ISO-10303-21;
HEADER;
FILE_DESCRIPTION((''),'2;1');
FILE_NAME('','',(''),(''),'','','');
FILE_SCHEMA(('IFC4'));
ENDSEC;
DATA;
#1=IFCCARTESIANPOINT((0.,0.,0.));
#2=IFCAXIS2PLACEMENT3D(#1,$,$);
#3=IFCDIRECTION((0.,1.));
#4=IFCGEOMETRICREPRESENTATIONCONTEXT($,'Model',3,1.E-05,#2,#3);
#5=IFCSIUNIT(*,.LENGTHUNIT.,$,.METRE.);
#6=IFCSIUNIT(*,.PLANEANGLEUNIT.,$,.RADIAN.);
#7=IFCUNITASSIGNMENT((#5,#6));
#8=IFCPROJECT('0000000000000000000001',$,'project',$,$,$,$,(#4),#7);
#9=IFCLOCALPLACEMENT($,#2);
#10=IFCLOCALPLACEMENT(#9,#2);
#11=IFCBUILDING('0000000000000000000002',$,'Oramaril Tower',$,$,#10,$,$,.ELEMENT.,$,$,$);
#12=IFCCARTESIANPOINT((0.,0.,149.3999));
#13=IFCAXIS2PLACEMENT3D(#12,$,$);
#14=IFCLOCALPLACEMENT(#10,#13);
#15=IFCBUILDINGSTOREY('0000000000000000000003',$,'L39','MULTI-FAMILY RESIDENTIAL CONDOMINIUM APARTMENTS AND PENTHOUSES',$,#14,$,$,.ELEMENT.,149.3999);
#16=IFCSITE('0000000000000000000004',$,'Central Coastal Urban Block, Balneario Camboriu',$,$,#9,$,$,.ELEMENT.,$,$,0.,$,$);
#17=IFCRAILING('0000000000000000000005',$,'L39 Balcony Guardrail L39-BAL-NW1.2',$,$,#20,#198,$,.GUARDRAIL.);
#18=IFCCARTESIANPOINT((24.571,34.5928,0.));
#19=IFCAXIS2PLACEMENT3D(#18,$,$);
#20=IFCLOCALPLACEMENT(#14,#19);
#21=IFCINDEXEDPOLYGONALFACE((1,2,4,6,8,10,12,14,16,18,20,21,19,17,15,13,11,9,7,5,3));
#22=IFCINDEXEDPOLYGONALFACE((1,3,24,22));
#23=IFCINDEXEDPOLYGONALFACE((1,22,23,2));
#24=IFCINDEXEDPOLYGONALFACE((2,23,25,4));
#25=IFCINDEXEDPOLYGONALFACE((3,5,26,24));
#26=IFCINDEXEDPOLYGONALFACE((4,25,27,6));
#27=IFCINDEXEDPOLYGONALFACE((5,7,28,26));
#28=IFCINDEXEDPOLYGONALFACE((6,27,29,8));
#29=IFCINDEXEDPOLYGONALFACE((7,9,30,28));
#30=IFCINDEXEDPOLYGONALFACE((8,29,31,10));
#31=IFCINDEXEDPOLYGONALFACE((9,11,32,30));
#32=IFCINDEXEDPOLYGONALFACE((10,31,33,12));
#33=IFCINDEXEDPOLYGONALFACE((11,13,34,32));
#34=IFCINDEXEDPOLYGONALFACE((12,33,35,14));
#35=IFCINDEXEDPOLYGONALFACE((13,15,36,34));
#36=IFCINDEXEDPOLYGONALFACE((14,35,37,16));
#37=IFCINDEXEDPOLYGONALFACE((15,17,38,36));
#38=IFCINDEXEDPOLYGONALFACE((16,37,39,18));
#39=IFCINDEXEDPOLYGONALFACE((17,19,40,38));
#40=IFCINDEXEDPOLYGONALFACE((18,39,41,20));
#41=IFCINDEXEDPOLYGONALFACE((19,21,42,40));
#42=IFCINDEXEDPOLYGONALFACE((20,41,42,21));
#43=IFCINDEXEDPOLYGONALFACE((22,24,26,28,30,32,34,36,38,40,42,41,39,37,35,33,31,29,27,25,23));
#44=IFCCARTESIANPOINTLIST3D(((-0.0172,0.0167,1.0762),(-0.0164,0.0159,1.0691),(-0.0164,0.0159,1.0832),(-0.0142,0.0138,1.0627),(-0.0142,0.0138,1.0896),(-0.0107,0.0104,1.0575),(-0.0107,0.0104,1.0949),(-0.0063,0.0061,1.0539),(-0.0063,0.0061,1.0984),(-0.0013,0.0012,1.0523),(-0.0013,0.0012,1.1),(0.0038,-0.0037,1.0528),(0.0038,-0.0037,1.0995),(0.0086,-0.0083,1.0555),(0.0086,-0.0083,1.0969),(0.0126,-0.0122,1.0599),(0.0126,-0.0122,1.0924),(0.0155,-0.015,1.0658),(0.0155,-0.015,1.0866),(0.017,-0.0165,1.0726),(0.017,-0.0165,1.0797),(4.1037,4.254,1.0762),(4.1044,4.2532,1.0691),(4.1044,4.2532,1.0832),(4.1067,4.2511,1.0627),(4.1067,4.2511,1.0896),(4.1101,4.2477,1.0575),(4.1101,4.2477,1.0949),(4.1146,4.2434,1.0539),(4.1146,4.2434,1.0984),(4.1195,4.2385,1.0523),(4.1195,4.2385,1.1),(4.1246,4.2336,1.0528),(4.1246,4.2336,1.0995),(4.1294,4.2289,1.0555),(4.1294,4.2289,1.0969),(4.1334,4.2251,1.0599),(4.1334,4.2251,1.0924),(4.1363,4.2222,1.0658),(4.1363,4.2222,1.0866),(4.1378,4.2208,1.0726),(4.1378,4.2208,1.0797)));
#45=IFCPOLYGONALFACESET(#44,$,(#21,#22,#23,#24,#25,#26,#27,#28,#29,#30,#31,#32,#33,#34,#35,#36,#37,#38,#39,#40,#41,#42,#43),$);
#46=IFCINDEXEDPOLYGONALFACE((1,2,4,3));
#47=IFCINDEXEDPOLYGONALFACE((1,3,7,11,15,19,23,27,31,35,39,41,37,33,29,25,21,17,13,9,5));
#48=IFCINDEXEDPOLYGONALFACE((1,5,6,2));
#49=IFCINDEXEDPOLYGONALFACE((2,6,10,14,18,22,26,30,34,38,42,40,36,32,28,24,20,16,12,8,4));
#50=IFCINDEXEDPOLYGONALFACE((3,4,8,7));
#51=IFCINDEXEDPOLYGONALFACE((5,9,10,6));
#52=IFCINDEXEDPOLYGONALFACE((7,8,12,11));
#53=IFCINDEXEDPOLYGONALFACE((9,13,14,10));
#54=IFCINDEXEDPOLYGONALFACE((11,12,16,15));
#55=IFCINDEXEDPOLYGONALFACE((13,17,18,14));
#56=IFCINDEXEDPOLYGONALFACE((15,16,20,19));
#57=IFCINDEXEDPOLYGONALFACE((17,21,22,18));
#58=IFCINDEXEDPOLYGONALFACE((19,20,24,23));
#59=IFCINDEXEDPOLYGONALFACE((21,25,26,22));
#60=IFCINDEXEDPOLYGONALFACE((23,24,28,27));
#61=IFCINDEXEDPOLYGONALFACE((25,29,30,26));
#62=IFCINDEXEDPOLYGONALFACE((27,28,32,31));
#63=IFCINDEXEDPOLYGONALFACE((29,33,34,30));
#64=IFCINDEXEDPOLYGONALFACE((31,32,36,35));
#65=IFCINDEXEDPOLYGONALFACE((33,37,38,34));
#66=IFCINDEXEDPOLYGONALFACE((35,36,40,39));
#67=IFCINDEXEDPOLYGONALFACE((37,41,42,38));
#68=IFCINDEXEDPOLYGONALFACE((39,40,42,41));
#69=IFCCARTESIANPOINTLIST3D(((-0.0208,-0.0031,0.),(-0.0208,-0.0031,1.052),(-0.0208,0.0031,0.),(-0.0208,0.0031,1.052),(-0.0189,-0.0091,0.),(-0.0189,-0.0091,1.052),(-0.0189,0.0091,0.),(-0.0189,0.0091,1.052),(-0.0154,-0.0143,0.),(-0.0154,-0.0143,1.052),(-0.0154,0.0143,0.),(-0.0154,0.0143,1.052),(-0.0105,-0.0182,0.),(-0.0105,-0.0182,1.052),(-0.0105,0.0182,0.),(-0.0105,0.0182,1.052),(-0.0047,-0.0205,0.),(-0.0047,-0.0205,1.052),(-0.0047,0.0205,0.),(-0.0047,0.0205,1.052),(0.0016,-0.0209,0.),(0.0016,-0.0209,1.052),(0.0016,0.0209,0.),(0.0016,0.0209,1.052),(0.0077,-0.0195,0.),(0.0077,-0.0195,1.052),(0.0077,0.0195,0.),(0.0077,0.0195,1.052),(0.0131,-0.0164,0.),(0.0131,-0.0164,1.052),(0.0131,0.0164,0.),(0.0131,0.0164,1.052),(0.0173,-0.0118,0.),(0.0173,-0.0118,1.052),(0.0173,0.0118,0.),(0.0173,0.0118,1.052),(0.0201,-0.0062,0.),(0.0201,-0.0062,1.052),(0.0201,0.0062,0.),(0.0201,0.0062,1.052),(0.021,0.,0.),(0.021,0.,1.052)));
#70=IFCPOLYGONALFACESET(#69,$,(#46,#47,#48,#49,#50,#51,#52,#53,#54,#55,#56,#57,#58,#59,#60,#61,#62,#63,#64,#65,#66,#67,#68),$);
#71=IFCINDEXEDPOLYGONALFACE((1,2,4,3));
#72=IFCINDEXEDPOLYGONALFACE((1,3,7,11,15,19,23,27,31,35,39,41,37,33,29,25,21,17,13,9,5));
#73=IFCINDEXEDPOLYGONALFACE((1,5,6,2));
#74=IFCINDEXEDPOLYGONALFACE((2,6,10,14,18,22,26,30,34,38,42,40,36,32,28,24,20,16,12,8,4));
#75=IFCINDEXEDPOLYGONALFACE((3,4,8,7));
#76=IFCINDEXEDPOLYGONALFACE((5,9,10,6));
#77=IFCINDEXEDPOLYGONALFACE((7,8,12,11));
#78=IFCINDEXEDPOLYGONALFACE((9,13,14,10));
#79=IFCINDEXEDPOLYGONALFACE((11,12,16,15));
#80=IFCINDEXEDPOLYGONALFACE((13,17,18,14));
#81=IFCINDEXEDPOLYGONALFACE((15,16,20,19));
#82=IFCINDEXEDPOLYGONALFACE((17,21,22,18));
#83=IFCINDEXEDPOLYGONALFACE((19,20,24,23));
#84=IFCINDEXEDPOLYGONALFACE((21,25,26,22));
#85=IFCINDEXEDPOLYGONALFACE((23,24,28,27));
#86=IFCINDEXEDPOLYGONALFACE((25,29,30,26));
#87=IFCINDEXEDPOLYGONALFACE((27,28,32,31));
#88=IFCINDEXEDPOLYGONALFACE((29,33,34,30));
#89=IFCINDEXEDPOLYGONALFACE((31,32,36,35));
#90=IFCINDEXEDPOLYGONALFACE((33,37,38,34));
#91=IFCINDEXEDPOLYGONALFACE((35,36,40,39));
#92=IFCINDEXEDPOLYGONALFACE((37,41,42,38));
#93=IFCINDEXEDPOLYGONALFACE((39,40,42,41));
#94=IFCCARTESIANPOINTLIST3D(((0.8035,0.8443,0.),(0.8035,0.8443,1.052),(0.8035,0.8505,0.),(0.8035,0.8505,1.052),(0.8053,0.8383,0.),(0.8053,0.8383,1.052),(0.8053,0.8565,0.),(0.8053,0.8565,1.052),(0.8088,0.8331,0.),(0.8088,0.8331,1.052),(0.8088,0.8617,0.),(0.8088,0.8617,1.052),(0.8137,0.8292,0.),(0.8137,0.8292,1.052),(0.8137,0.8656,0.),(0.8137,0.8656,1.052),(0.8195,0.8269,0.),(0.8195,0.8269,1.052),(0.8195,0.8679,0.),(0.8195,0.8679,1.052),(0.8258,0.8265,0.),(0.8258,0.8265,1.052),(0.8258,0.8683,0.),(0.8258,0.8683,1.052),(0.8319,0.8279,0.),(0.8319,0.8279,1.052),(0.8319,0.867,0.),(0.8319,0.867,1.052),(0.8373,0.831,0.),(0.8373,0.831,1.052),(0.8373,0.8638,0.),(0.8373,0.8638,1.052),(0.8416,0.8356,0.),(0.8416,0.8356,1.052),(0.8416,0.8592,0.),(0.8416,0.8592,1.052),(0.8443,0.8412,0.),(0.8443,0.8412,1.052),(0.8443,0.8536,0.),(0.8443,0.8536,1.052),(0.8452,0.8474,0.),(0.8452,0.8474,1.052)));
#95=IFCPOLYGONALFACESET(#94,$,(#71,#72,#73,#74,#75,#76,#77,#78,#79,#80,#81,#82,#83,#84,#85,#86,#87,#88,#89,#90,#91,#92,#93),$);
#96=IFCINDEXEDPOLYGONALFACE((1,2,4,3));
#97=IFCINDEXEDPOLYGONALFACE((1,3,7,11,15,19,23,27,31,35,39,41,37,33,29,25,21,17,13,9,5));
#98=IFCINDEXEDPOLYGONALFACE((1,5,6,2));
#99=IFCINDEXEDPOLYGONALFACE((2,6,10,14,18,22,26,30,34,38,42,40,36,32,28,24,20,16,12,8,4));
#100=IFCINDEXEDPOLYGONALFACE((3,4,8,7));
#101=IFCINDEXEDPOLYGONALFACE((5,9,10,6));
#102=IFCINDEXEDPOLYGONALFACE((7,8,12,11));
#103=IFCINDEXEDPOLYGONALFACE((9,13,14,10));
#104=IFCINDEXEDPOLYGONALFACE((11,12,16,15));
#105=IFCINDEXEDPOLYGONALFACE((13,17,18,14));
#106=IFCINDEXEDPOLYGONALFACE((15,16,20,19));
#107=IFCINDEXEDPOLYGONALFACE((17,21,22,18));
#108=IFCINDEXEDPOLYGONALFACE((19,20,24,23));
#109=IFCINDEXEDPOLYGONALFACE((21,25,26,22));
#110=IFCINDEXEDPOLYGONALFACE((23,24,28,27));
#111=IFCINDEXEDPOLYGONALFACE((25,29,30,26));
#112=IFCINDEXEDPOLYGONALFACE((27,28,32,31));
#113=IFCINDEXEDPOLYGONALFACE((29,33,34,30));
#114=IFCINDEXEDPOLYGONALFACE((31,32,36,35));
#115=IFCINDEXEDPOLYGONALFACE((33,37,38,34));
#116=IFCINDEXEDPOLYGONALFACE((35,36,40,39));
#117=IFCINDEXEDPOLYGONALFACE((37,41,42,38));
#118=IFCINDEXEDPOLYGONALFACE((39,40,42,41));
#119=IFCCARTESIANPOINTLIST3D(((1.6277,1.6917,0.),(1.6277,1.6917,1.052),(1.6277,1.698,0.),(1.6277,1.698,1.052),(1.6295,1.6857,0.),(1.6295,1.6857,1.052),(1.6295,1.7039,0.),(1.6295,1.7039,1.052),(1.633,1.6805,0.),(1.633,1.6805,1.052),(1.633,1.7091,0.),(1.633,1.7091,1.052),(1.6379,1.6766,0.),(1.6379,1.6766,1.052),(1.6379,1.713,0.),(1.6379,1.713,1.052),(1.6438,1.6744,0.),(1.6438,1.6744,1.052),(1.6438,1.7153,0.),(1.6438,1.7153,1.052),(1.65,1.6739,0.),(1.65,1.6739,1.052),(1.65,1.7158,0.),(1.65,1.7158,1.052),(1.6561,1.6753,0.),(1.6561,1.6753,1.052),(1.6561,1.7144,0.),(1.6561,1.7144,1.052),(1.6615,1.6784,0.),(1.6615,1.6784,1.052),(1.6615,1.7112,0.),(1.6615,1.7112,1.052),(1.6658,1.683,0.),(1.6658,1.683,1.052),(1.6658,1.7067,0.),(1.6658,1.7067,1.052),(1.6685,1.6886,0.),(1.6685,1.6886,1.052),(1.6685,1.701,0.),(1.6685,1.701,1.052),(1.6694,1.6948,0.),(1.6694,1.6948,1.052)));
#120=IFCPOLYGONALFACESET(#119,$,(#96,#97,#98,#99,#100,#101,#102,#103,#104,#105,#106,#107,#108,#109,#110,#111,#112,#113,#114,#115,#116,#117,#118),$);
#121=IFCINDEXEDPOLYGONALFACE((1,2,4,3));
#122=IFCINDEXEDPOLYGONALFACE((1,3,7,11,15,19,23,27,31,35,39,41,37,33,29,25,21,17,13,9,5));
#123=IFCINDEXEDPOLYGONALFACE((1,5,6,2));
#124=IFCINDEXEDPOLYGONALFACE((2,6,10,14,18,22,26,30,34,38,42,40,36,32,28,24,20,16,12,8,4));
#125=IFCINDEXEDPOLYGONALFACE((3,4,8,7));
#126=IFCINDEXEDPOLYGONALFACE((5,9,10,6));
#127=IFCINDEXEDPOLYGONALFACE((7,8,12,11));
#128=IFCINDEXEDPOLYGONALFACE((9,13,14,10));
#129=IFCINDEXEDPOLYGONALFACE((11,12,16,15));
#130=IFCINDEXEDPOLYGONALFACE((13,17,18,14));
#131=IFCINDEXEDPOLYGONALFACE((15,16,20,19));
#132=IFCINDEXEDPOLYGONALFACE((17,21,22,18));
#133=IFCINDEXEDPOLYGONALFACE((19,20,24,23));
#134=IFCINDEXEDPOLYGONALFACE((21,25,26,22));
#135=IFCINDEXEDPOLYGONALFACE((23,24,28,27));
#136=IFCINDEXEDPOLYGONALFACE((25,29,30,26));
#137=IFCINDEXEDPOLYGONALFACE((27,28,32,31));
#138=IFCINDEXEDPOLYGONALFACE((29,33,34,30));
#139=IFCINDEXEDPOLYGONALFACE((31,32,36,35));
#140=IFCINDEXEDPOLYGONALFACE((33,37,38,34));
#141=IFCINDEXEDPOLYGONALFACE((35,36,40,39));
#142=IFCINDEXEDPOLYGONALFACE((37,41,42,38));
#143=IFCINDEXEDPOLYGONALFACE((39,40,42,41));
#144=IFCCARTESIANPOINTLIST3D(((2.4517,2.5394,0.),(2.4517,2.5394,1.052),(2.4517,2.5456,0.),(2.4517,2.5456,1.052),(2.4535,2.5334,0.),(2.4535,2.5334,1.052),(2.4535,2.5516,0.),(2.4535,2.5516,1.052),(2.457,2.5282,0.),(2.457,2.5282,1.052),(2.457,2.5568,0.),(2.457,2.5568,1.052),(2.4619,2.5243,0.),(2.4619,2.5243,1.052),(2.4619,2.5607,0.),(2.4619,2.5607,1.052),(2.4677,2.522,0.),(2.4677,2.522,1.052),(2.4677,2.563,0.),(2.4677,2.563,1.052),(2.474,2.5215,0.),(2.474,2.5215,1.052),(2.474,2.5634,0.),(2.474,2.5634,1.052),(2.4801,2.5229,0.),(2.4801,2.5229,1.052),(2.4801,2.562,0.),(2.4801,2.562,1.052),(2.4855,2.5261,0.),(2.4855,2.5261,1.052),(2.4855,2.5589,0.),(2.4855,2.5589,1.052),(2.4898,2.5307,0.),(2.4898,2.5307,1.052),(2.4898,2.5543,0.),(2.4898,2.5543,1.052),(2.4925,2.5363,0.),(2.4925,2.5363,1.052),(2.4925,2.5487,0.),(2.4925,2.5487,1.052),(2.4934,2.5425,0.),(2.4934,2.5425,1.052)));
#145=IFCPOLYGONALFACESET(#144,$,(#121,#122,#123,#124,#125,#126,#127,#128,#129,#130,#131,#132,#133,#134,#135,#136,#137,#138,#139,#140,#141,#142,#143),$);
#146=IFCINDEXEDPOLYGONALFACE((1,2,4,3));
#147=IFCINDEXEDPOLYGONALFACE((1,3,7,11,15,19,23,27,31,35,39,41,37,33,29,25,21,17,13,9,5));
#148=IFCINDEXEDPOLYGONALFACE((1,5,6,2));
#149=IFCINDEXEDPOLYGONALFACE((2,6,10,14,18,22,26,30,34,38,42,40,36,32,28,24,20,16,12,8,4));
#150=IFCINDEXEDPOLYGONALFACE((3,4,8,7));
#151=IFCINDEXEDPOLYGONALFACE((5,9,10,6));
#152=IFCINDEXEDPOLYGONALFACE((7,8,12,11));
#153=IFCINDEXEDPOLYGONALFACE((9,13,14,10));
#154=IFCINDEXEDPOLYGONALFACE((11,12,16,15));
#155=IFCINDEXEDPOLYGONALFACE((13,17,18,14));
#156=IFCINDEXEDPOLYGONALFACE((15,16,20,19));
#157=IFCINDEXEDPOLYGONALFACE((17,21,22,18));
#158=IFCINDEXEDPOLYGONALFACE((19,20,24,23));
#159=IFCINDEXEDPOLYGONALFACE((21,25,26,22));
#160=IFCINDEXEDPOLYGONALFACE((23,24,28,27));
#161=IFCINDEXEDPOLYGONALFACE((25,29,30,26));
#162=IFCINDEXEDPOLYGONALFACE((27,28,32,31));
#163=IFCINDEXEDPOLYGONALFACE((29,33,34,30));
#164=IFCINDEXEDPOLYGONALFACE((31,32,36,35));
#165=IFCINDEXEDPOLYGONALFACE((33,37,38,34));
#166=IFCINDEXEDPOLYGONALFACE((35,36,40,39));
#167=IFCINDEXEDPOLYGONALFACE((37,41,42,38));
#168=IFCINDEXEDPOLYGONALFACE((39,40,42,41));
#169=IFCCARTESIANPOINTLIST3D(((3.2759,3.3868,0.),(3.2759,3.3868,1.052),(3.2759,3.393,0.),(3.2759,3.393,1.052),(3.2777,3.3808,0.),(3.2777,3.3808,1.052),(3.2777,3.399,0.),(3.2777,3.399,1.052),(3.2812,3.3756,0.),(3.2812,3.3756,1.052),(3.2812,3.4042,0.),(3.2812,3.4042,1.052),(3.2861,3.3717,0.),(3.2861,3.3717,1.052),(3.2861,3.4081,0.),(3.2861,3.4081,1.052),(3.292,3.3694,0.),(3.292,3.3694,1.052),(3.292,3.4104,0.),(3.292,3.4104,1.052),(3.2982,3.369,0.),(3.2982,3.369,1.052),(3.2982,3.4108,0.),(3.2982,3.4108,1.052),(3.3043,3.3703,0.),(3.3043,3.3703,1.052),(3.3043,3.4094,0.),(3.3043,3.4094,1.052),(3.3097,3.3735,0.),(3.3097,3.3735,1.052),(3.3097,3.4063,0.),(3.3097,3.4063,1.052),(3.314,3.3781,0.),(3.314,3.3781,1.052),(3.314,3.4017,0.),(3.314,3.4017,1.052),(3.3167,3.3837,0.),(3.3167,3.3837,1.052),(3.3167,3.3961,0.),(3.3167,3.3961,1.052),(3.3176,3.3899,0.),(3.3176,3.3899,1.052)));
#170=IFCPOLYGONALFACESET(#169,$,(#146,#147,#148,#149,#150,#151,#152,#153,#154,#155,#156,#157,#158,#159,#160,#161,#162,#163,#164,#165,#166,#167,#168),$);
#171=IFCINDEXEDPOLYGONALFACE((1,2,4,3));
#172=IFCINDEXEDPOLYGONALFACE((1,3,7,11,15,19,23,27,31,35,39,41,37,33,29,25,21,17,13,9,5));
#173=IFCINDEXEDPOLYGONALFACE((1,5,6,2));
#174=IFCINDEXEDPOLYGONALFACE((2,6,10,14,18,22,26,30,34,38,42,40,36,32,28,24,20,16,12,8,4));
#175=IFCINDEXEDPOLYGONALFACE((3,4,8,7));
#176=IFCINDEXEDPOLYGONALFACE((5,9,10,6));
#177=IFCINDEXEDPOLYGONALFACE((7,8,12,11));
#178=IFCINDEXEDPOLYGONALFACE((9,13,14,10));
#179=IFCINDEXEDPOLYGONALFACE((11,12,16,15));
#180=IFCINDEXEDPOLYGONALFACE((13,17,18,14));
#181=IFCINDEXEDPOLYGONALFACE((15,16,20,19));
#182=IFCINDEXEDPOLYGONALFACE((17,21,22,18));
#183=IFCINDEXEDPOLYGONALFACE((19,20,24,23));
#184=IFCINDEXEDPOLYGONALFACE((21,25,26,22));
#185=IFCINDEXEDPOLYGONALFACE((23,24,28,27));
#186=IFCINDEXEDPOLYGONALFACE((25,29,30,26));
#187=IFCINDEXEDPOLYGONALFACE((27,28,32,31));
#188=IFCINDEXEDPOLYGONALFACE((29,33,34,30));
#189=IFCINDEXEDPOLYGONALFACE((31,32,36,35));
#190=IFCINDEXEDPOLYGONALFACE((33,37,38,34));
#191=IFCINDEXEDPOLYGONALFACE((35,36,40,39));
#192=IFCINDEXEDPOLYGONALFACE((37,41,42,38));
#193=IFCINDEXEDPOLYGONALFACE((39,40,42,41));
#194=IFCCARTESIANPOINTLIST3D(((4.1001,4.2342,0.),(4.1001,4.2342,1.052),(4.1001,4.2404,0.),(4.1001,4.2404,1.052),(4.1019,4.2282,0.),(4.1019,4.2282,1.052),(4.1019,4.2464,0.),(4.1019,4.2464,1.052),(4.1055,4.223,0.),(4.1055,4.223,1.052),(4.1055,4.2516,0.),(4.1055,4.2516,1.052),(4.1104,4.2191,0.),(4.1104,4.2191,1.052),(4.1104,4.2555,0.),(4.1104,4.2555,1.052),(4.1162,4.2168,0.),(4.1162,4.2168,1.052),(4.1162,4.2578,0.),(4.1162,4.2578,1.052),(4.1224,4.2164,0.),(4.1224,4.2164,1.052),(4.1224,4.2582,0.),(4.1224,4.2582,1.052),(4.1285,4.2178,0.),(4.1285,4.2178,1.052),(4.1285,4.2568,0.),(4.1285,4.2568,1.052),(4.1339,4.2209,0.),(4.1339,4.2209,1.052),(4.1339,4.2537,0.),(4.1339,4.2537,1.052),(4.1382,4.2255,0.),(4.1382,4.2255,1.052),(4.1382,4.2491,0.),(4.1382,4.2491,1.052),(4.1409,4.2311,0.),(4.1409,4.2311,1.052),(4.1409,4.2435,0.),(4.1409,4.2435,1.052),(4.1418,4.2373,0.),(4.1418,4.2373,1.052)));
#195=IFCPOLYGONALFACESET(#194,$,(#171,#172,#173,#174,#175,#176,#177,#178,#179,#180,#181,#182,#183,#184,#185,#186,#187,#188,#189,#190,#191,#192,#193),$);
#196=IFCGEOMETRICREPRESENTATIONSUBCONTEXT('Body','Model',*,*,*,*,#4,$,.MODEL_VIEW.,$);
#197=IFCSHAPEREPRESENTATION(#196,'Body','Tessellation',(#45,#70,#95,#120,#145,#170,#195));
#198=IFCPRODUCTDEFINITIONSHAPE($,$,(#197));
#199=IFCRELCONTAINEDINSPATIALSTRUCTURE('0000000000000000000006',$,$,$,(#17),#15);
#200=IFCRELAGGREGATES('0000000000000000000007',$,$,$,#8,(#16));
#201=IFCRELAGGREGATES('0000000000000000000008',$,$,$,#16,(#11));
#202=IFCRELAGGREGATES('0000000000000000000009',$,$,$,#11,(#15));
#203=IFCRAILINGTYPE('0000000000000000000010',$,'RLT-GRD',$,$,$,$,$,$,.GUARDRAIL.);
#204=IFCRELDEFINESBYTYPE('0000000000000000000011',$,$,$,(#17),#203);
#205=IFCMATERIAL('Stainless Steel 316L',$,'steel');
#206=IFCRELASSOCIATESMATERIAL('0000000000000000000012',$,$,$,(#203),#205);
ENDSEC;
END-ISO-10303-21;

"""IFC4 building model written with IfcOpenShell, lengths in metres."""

from ifc_helpers import new_model, si_unit, direction, frame, origin, origin_2d, place, context, subcontext, project, spatial, circle, extrude, material, type_object, element, save


model = new_model("IFC4")

# Units and contexts
model_context = context("Model", 3, precision=1e-05, world=origin(), true_north=direction((0.0, 1.0)))
body_context = subcontext(model_context, "Body", "Model", "MODEL_VIEW")
ifc_project = project(units=[si_unit("LENGTHUNIT", "METRE"), si_unit("PLANEANGLEUNIT", "RADIAN")], contexts=[model_context])

# Site, building, storey
site_placement = place(None, origin())
site = spatial("IfcSite", under=ifc_project, at=site_placement, Name="Central Coastal Urban Block, Balneario Camboriu", CompositionType="ELEMENT", RefElevation=0.0)
building_placement = place(site_placement, origin())
building = spatial("IfcBuilding", under=site, at=building_placement, Name="Oramaril Tower", CompositionType="ELEMENT")
storey_placement = place(building_placement, frame((0.0, 0.0, 149.3999)))
storey = spatial("IfcBuildingStorey", under=building, at=storey_placement, Name="L39", Description="MULTI-FAMILY RESIDENTIAL CONDOMINIUM APARTMENTS AND PENTHOUSES", CompositionType="ELEMENT", Elevation=149.3999)

# Railing
ifc_material_1 = material(Name="Stainless Steel 316L", Category="steel")
railing_type = type_object("IfcRailingType", Name="RLT-GRD", PredefinedType="GUARDRAIL", material=ifc_material_1)
railing_1_placement = place(storey_placement, frame((24.571, 34.5928, 0.0)))
element("IfcRailing", 1, at=railing_1_placement, inside=storey, type_object=railing_type, Name="L39 Balcony Guardrail L39-BAL-NW1.2", PredefinedType="GUARDRAIL", context=body_context, shape_type="SweptSolid", body=[
    extrude(circle(Radius=0.0239, at=origin_2d()), frame((0.0, 0.0, 1.0762), z_axis=(0.697187, 0.716889, 0.0), x_axis=(-0.716889, 0.697187, 0.0)), (0.0, 0.0, 1.0), 5.9106),
    extrude(circle(Radius=0.021, at=origin_2d()), origin(), (0.0, 0.0, 1.0), 1.052),
    extrude(circle(Radius=0.021, at=origin_2d()), frame((0.8242, 0.8474, 0.0)), (0.0, 0.0, 1.0), 1.052),
    extrude(circle(Radius=0.021, at=origin_2d()), frame((1.6484, 1.6948, 0.0)), (0.0, 0.0, 1.0), 1.052),
    extrude(circle(Radius=0.021, at=origin_2d()), frame((2.4724, 2.5425, 0.0)), (0.0, 0.0, 1.0), 1.052),
    extrude(circle(Radius=0.021, at=origin_2d()), frame((3.2966, 3.3899, 0.0)), (0.0, 0.0, 1.0), 1.052),
    extrude(circle(Radius=0.021, at=origin_2d()), frame((4.1208, 4.2373, 0.0)), (0.0, 0.0, 1.0), 1.052),
])

save(model, "model.ifc")
